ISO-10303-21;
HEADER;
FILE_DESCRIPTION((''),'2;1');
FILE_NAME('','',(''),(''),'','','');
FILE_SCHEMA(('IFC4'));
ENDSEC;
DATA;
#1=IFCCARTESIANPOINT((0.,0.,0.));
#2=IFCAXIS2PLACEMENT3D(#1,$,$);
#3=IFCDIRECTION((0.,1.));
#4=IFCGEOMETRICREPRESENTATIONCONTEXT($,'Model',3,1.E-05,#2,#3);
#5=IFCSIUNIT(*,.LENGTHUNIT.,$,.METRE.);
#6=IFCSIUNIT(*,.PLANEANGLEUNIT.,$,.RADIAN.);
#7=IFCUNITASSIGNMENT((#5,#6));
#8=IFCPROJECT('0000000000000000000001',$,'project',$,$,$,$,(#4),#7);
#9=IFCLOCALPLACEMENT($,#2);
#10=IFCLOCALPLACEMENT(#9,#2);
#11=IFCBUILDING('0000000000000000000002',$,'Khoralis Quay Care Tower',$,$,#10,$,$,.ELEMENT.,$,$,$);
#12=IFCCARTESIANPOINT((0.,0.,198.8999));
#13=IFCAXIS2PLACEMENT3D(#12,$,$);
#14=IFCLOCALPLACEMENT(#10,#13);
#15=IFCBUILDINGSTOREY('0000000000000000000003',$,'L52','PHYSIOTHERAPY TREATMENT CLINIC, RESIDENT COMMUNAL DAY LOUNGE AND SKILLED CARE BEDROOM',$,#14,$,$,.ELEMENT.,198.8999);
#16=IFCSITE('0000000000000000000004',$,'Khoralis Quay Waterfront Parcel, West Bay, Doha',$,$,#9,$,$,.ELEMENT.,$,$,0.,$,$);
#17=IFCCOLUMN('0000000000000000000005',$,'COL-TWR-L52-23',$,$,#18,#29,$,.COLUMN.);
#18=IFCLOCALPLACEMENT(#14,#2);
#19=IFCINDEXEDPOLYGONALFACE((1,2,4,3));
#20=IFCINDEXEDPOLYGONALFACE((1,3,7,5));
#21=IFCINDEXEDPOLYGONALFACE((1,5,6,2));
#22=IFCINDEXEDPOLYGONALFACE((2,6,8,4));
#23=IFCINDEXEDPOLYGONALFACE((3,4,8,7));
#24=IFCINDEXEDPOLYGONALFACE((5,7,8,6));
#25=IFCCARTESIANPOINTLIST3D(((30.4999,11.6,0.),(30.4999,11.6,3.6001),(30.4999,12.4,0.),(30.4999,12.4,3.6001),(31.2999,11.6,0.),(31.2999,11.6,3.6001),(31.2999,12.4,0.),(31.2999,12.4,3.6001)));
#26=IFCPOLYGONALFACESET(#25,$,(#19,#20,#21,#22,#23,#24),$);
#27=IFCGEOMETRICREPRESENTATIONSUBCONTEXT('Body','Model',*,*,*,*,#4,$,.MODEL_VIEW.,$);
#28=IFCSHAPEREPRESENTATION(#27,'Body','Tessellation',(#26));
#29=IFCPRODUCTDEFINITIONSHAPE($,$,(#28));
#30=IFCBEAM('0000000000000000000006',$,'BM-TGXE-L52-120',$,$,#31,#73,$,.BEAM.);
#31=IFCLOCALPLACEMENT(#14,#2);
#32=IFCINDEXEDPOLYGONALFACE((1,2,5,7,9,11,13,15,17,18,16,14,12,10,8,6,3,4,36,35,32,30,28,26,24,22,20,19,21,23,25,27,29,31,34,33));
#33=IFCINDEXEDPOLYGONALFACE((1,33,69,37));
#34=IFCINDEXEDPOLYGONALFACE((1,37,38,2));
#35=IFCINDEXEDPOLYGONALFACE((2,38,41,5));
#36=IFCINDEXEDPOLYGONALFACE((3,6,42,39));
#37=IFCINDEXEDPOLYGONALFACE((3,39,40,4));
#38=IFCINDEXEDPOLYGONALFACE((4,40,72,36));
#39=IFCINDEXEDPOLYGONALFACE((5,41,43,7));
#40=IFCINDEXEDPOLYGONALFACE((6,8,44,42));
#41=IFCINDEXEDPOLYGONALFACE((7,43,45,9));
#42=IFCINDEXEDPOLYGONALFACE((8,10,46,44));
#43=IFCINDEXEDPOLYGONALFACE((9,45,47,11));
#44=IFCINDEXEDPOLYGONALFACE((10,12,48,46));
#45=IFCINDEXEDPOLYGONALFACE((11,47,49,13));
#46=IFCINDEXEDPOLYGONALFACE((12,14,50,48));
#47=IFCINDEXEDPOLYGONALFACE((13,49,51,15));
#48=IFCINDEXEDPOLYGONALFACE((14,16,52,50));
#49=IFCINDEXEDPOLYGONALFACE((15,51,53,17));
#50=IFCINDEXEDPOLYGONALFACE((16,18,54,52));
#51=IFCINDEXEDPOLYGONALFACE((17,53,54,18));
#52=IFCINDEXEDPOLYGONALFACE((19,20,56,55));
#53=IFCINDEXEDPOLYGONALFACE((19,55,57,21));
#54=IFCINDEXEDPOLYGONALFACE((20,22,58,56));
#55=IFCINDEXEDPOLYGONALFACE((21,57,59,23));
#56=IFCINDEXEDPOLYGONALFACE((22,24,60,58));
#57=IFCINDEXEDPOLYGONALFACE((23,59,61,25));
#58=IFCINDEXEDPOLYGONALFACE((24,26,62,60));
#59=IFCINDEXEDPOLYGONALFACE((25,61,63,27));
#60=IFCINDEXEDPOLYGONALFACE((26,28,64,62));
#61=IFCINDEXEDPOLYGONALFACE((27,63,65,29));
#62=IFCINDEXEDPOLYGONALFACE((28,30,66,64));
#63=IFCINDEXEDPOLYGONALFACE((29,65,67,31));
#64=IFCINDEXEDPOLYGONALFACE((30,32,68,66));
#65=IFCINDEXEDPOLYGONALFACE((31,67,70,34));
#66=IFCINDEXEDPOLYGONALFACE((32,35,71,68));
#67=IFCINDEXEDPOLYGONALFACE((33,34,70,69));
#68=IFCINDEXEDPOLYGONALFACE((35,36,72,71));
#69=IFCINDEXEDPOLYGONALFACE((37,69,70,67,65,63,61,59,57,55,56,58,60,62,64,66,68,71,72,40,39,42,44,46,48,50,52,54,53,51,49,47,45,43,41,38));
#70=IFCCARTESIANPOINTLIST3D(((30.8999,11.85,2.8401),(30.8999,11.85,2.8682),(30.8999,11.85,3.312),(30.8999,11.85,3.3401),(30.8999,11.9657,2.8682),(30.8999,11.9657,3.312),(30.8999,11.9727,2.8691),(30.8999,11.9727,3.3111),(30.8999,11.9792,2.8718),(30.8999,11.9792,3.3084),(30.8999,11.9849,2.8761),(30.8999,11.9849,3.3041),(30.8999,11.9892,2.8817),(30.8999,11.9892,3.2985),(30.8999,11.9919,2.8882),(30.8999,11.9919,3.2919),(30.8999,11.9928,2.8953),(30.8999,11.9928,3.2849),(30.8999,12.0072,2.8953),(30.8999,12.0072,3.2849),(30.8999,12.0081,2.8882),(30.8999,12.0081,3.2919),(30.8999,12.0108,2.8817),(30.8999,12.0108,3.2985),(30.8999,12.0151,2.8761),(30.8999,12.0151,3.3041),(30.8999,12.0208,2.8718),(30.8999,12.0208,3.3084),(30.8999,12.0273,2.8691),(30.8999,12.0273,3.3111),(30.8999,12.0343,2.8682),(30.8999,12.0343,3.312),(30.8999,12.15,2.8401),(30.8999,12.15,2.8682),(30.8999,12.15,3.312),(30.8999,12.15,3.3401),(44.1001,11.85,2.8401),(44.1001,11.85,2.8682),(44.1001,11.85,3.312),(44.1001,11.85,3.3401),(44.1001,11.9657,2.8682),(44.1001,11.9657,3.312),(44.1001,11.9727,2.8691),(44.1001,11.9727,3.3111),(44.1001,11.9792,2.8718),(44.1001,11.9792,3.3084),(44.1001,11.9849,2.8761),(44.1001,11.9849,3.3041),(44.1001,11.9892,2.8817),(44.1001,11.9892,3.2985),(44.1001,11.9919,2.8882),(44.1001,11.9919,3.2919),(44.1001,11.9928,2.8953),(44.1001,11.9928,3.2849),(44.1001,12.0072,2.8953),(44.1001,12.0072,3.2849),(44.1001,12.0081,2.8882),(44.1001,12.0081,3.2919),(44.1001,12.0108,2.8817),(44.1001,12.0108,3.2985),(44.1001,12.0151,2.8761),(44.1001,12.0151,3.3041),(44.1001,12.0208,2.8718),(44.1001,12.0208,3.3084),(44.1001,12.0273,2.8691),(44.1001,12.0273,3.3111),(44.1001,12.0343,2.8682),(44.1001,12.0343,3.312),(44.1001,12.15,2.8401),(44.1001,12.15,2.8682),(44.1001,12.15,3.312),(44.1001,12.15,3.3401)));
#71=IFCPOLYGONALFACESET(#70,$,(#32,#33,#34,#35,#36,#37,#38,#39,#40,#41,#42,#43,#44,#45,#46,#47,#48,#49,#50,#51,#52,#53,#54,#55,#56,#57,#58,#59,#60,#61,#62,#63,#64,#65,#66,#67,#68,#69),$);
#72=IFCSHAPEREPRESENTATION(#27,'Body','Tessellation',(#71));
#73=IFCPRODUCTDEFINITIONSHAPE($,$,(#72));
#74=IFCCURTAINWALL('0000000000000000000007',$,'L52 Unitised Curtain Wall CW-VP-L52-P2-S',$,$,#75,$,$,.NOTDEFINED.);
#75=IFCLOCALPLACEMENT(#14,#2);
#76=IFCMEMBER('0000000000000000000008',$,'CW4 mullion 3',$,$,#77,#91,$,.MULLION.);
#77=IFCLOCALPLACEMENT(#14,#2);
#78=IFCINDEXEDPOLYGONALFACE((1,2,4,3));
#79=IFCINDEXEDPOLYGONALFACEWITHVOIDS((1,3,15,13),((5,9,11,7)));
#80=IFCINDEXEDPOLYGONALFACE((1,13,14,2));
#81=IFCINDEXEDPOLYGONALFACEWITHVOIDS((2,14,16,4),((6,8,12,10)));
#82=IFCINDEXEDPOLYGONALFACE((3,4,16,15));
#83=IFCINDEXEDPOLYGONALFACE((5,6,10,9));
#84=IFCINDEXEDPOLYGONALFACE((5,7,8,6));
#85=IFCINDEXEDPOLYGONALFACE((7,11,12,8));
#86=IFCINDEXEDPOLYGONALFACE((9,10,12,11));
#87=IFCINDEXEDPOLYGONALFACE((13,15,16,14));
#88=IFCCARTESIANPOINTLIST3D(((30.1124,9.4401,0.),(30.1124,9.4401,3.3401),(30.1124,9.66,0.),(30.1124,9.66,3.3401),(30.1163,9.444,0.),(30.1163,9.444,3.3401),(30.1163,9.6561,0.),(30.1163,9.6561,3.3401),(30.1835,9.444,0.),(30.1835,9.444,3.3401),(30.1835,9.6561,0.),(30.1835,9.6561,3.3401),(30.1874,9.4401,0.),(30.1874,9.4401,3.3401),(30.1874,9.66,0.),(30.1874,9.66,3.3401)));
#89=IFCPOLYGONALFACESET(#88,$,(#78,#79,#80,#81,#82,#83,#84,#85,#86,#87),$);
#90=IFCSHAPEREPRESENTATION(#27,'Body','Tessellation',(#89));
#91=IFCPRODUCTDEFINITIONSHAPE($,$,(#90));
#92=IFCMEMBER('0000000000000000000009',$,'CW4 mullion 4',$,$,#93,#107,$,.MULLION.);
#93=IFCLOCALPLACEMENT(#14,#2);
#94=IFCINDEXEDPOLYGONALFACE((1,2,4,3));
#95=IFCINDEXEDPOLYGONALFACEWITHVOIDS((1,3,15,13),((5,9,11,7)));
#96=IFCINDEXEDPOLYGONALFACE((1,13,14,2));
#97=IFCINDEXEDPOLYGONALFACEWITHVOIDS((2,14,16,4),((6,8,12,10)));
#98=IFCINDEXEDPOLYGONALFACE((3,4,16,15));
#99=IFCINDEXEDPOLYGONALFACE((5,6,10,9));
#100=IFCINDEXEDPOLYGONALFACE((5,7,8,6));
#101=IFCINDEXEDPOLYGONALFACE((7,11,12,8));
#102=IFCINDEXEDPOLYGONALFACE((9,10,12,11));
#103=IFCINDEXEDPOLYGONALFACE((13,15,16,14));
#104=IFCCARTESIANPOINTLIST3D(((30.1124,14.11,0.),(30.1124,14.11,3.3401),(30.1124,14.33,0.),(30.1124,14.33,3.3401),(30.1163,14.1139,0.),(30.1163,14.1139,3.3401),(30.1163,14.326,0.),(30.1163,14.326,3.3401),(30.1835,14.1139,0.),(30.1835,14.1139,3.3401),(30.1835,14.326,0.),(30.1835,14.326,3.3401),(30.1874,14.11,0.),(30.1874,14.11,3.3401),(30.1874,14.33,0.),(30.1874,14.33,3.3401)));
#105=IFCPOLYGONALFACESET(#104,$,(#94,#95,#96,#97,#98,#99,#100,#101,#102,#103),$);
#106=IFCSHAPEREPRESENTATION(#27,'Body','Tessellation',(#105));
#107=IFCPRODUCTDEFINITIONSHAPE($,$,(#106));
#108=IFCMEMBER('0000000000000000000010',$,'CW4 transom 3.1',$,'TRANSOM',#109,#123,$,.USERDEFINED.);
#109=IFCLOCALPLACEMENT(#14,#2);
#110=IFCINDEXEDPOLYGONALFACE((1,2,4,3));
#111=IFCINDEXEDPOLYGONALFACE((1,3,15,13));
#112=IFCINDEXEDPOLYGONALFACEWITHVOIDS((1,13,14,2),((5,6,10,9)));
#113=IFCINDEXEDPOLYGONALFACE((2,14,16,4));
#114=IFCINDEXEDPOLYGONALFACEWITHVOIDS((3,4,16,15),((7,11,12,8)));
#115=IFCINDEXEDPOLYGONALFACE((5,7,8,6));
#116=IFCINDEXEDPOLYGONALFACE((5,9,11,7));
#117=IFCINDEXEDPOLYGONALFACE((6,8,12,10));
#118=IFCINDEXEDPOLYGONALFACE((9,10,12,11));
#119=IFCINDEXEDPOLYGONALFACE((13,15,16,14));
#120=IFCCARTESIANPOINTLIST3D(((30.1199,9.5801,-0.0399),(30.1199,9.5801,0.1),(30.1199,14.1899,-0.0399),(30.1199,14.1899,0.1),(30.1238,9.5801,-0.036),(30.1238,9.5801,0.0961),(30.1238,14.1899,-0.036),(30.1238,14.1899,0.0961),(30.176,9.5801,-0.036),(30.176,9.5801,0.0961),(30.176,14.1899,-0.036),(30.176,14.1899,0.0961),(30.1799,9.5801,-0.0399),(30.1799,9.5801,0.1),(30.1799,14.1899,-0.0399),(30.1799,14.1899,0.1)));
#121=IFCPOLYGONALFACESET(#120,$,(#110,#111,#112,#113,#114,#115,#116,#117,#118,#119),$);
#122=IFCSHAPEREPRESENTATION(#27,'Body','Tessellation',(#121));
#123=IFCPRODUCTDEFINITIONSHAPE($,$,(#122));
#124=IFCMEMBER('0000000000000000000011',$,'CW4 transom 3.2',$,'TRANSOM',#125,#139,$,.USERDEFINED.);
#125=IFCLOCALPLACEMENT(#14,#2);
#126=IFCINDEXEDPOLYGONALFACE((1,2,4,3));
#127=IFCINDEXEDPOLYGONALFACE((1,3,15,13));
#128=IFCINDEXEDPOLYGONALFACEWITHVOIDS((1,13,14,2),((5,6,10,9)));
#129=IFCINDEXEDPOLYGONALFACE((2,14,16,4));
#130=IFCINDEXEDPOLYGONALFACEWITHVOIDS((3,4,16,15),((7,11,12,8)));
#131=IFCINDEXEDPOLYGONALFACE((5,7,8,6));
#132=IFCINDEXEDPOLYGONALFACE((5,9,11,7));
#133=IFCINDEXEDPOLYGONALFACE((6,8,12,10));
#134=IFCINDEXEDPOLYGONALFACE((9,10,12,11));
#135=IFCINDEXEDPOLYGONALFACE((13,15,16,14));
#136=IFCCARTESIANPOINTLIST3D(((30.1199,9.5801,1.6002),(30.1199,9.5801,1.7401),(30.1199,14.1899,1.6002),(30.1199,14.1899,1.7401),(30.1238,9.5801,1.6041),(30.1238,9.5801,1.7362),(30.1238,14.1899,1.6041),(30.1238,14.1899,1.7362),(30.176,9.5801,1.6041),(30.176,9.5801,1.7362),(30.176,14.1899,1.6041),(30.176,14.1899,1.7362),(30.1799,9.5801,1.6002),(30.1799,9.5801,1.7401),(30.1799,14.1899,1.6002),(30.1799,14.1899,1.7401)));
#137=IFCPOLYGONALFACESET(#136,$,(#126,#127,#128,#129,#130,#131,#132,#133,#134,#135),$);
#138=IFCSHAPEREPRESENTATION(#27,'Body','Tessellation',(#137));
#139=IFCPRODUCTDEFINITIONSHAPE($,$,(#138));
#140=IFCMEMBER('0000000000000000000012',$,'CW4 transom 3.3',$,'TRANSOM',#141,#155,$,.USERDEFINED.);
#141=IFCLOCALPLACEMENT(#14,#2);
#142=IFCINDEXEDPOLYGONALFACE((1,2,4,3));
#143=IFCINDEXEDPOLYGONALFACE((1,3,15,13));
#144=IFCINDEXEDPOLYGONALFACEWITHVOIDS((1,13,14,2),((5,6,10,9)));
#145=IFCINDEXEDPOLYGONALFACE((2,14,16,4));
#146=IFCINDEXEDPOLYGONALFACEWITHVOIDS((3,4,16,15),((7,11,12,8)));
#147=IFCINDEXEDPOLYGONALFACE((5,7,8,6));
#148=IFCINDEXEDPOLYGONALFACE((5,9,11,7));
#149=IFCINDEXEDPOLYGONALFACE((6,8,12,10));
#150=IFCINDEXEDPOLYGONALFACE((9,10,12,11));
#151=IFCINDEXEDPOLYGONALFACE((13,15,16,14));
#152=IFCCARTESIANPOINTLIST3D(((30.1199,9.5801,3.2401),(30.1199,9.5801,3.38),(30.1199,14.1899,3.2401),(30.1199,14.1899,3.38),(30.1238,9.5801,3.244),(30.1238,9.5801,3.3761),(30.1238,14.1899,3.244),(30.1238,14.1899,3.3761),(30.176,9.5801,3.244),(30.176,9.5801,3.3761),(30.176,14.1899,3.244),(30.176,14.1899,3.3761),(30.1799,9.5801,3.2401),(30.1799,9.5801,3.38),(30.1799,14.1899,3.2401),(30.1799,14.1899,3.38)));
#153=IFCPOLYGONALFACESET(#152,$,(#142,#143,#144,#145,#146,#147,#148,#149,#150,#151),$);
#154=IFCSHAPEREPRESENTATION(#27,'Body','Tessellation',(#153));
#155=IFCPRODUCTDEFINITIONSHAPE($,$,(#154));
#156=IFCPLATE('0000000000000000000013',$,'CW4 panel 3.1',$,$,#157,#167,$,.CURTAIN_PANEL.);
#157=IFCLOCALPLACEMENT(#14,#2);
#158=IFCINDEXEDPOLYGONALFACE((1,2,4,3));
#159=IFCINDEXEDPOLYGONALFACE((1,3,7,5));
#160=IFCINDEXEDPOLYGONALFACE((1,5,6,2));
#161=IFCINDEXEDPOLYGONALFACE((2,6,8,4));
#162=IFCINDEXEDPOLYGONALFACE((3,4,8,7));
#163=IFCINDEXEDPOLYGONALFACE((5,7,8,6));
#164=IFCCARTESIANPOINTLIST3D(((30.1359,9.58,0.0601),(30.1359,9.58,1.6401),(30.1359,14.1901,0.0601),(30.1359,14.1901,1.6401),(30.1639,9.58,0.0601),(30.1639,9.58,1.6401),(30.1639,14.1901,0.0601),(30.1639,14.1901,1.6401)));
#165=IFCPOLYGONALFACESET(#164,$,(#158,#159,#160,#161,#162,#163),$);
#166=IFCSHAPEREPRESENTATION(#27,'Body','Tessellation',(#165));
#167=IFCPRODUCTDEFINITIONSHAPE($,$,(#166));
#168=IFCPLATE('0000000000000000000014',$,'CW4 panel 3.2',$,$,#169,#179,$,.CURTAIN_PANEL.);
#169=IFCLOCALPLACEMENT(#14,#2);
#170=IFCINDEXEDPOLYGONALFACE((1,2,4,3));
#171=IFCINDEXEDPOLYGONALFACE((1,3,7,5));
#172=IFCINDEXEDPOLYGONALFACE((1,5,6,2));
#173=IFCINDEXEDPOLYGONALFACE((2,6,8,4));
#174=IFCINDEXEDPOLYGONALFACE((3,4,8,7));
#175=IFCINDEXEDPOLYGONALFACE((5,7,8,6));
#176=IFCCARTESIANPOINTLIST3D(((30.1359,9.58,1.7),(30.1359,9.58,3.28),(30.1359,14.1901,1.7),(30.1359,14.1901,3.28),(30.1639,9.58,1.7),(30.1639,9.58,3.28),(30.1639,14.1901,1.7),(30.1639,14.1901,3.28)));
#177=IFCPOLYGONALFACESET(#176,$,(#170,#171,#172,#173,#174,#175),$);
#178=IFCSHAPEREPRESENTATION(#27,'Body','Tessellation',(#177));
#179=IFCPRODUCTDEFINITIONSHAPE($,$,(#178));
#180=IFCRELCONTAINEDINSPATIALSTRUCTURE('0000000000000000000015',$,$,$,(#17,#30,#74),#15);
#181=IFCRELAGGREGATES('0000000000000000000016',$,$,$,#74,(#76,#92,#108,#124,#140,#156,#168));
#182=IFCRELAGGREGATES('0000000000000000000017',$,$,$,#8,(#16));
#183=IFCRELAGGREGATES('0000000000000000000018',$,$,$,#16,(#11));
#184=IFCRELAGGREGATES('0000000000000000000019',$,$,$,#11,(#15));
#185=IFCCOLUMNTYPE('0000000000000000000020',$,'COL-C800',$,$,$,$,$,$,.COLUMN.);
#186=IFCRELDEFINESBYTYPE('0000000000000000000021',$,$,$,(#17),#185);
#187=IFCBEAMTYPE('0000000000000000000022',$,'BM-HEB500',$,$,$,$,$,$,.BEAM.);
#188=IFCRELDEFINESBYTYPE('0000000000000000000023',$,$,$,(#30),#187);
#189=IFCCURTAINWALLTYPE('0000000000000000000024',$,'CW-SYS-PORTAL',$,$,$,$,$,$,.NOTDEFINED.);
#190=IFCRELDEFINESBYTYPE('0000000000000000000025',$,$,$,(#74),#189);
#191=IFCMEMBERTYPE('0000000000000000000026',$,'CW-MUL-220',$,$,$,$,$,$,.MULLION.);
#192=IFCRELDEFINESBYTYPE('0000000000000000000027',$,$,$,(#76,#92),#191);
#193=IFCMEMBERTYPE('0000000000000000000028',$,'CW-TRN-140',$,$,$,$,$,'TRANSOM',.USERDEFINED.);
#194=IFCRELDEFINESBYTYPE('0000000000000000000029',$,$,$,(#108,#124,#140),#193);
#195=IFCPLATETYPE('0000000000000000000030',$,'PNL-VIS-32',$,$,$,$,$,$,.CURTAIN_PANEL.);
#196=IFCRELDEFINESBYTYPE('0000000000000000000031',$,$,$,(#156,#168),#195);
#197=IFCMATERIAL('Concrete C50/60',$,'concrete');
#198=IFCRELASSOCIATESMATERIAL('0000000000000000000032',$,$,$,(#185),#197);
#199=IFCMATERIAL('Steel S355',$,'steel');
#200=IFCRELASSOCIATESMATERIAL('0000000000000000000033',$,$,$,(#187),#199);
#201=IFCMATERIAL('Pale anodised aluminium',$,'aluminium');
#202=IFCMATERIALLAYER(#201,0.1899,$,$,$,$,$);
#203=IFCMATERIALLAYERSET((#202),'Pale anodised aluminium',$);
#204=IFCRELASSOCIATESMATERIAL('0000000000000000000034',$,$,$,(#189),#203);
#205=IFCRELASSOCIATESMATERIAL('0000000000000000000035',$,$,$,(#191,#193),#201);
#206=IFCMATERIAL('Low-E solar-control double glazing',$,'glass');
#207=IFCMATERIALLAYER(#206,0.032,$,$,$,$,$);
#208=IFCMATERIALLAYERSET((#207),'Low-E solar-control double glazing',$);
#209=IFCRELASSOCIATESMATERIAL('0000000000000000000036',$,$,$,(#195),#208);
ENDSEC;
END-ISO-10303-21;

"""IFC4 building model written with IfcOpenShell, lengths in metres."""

from ifc_helpers import new_model, si_unit, direction, frame, origin, origin_2d, place, context, subcontext, project, spatial, rectangle, hollow_rectangle, i_section, extrude, source, transform, mapped, material, layer, layer_set, material_profile, profile_set, type_object, element, aggregate, save


model = new_model("IFC4")

# Units and contexts
model_context = context("Model", 3, precision=1e-05, world=origin(), true_north=direction((0.0, 1.0)))
body_context = subcontext(model_context, "Body", "Model", "MODEL_VIEW")
ifc_project = project(units=[si_unit("LENGTHUNIT", "METRE"), si_unit("PLANEANGLEUNIT", "RADIAN")], contexts=[model_context])

# Site, building, storey
site_placement = place(None, origin())
site = spatial("IfcSite", under=ifc_project, at=site_placement, Name="Khoralis Quay Waterfront Parcel, West Bay, Doha", CompositionType="ELEMENT", RefElevation=0.0)
building_placement = place(site_placement, origin())
building = spatial("IfcBuilding", under=site, at=building_placement, Name="Khoralis Quay Care Tower", CompositionType="ELEMENT")
storey_placement = place(building_placement, frame((0.0, 0.0, 198.8999)))
storey = spatial("IfcBuildingStorey", under=building, at=storey_placement, Name="L52", Description="PHYSIOTHERAPY TREATMENT CLINIC, RESIDENT COMMUNAL DAY LOUNGE AND SKILLED CARE BEDROOM", CompositionType="ELEMENT", Elevation=198.8999)

# Column
ifc_material_1 = material(Name="Concrete C50/60", Category="concrete")
ifc_material_profile_1 = material_profile(ifc_material_1, rectangle(XDim=0.8, YDim=0.8, at=origin_2d()), Name="Concrete C50/60")
ifc_profile_set_1 = profile_set([ifc_material_profile_1], Name="Concrete C50/60")
column_type = type_object("IfcColumnType", Name="COL-C800", PredefinedType="COLUMN", material=ifc_profile_set_1)
shared_shape_1 = source(origin(), body_context, "Body", "SweptSolid", [
    extrude(rectangle(XDim=0.8, YDim=0.8, at=origin_2d()), origin(), (0.0, 0.0, 1.0), 3.6001),
])
column_placement = place(storey_placement, frame((30.8999, 12.0, 0.0), z_axis=(0.0, 0.0, 1.0), x_axis=(1.0, 0.0, 0.0)))
element("IfcColumn", 1, at=column_placement, inside=storey, type_object=column_type, Name="COL-TWR-L52-23", PredefinedType="COLUMN", context=body_context, shape_type="MappedRepresentation", body=[
    mapped(shared_shape_1, transform((0.0, 0.0, 0.0), scale=1.0)),
])

# Beam
ifc_material_2 = material(Name="Steel S355", Category="steel")
ifc_material_profile_2 = material_profile(ifc_material_2, i_section(OverallWidth=0.3, OverallDepth=0.5, WebThickness=0.0144, FlangeThickness=0.0281, FilletRadius=0.0271, at=origin_2d()), Name="Steel S355")
ifc_profile_set_2 = profile_set([ifc_material_profile_2], Name="Steel S355")
beam_type = type_object("IfcBeamType", Name="BM-HEB500", PredefinedType="BEAM", material=ifc_profile_set_2)
shared_shape_2 = source(origin(), body_context, "Body", "SweptSolid", [
    extrude(i_section(OverallWidth=0.3, OverallDepth=0.5, WebThickness=0.0144, FlangeThickness=0.0281, FilletRadius=0.0271, at=origin_2d()), origin(), (0.0, 0.0, 1.0), 13.2002),
])
beam_placement = place(storey_placement, frame((30.8999, 12.0, 3.0901), z_axis=(1.0, 0.0, 0.0), x_axis=(0.0, 1.0, 0.0)))
element("IfcBeam", 2, at=beam_placement, inside=storey, type_object=beam_type, Name="BM-TGXE-L52-120", PredefinedType="BEAM", context=body_context, shape_type="MappedRepresentation", body=[
    mapped(shared_shape_2, transform((0.0, 0.0, 0.0), scale=1.0)),
])

# Curtain wall, members, plates
ifc_material_3 = material(Name="Pale anodised aluminium", Category="aluminium")
ifc_layer_1 = layer(ifc_material_3, 0.1899)
ifc_layer_set_1 = layer_set([ifc_layer_1], Name="Pale anodised aluminium")
curtain_wall_type = type_object("IfcCurtainWallType", Name="CW-SYS-PORTAL", PredefinedType="NOTDEFINED", material=ifc_layer_set_1)
curtain_wall_placement = place(storey_placement, origin())
curtain_wall = element("IfcCurtainWall", 3, at=curtain_wall_placement, inside=storey, type_object=curtain_wall_type, Name="L52 Unitised Curtain Wall CW-VP-L52-P2-S", PredefinedType="NOTDEFINED")
ifc_material_profile_3 = material_profile(ifc_material_3, hollow_rectangle(XDim=0.075, YDim=0.22, WallThickness=0.0039, at=origin_2d()), Name="Pale anodised aluminium")
ifc_profile_set_3 = profile_set([ifc_material_profile_3], Name="Pale anodised aluminium")
member_type_1 = type_object("IfcMemberType", Name="CW-MUL-220", PredefinedType="MULLION", material=ifc_profile_set_3)
shared_shape_3 = source(origin(), body_context, "Body", "SweptSolid", [
    extrude(hollow_rectangle(XDim=0.075, YDim=0.22, WallThickness=0.0039, at=origin_2d()), origin(), (0.0, 0.0, 1.0), 3.3401),
])
member_1_placement = place(storey_placement, frame((30.1499, 9.55, 0.0), z_axis=(0.0, 0.0, 1.0), x_axis=(-1.0, 0.0, 0.0)))
member_1 = element("IfcMember", 4, at=member_1_placement, type_object=member_type_1, Name="CW4 mullion 3", PredefinedType="MULLION", context=body_context, shape_type="MappedRepresentation", body=[
    mapped(shared_shape_3, transform((0.0, 0.0, 0.0), scale=1.0)),
])
member_2_placement = place(storey_placement, frame((30.1499, 14.22, 0.0), z_axis=(0.0, 0.0, 1.0), x_axis=(-1.0, 0.0, 0.0)))
member_2 = element("IfcMember", 5, at=member_2_placement, type_object=member_type_1, Name="CW4 mullion 4", PredefinedType="MULLION", context=body_context, shape_type="MappedRepresentation", body=[
    mapped(shared_shape_3, transform((0.0, 0.0, 0.0), scale=1.0)),
])
ifc_material_profile_4 = material_profile(ifc_material_3, hollow_rectangle(XDim=0.0601, YDim=0.1399, WallThickness=0.0039, at=origin_2d()), Name="Pale anodised aluminium")
ifc_profile_set_4 = profile_set([ifc_material_profile_4], Name="Pale anodised aluminium")
member_type_2 = type_object("IfcMemberType", Name="CW-TRN-140", ElementType="TRANSOM", PredefinedType="USERDEFINED", material=ifc_profile_set_4)
shared_shape_4 = source(origin(), body_context, "Body", "SweptSolid", [
    extrude(hollow_rectangle(XDim=0.0601, YDim=0.1399, WallThickness=0.0039, at=origin_2d()), origin(), (0.0, 0.0, 1.0), 4.6099),
])
member_3_placement = place(storey_placement, frame((30.1499, 9.5801, 0.03), z_axis=(0.0, 1.0, 0.0), x_axis=(-1.0, 0.0, 0.0)))
member_3 = element("IfcMember", 6, at=member_3_placement, type_object=member_type_2, Name="CW4 transom 3.1", ObjectType="TRANSOM", PredefinedType="USERDEFINED", context=body_context, shape_type="MappedRepresentation", body=[
    mapped(shared_shape_4, transform((0.0, 0.0, 0.0), scale=1.0)),
])
member_4_placement = place(storey_placement, frame((30.1499, 9.5801, 1.6702), z_axis=(0.0, 1.0, 0.0), x_axis=(-1.0, 0.0, 0.0)))
member_4 = element("IfcMember", 7, at=member_4_placement, type_object=member_type_2, Name="CW4 transom 3.2", ObjectType="TRANSOM", PredefinedType="USERDEFINED", context=body_context, shape_type="MappedRepresentation", body=[
    mapped(shared_shape_4, transform((0.0, 0.0, 0.0), scale=1.0)),
])
member_5_placement = place(storey_placement, frame((30.1499, 9.5801, 3.3101), z_axis=(0.0, 1.0, 0.0), x_axis=(-1.0, 0.0, 0.0)))
member_5 = element("IfcMember", 8, at=member_5_placement, type_object=member_type_2, Name="CW4 transom 3.3", ObjectType="TRANSOM", PredefinedType="USERDEFINED", context=body_context, shape_type="MappedRepresentation", body=[
    mapped(shared_shape_4, transform((0.0, 0.0, 0.0), scale=1.0)),
])
ifc_material_4 = material(Name="Low-E solar-control double glazing", Category="glass")
ifc_layer_2 = layer(ifc_material_4, 0.032)
ifc_layer_set_2 = layer_set([ifc_layer_2], Name="Low-E solar-control double glazing")
plate_type = type_object("IfcPlateType", Name="PNL-VIS-32", PredefinedType="CURTAIN_PANEL", material=ifc_layer_set_2)
shared_shape_5 = source(origin(), body_context, "Body", "SweptSolid", [
    extrude(rectangle(XDim=4.6101, YDim=0.0281, at=origin_2d()), origin(), (0.0, 0.0, 1.0), 1.5801),
])
plate_1_placement = place(storey_placement, frame((30.1499, 11.885, 0.0601), z_axis=(0.0, 0.0, 1.0), x_axis=(0.0, 1.0, 0.0)))
plate_1 = element("IfcPlate", 9, at=plate_1_placement, type_object=plate_type, Name="CW4 panel 3.1", PredefinedType="CURTAIN_PANEL", context=body_context, shape_type="MappedRepresentation", body=[
    mapped(shared_shape_5, transform((0.0, 0.0, 0.0), scale=1.0)),
])
plate_2_placement = place(storey_placement, frame((30.1499, 11.885, 1.7), z_axis=(0.0, 0.0, 1.0), x_axis=(0.0, 1.0, 0.0)))
plate_2 = element("IfcPlate", 10, at=plate_2_placement, type_object=plate_type, Name="CW4 panel 3.2", PredefinedType="CURTAIN_PANEL", context=body_context, shape_type="MappedRepresentation", body=[
    mapped(shared_shape_5, transform((0.0, 0.0, 0.0), scale=1.0)),
])
aggregate(curtain_wall, [member_1, member_2, member_3, member_4, member_5, plate_1, plate_2])

save(model, "model.ifc")
